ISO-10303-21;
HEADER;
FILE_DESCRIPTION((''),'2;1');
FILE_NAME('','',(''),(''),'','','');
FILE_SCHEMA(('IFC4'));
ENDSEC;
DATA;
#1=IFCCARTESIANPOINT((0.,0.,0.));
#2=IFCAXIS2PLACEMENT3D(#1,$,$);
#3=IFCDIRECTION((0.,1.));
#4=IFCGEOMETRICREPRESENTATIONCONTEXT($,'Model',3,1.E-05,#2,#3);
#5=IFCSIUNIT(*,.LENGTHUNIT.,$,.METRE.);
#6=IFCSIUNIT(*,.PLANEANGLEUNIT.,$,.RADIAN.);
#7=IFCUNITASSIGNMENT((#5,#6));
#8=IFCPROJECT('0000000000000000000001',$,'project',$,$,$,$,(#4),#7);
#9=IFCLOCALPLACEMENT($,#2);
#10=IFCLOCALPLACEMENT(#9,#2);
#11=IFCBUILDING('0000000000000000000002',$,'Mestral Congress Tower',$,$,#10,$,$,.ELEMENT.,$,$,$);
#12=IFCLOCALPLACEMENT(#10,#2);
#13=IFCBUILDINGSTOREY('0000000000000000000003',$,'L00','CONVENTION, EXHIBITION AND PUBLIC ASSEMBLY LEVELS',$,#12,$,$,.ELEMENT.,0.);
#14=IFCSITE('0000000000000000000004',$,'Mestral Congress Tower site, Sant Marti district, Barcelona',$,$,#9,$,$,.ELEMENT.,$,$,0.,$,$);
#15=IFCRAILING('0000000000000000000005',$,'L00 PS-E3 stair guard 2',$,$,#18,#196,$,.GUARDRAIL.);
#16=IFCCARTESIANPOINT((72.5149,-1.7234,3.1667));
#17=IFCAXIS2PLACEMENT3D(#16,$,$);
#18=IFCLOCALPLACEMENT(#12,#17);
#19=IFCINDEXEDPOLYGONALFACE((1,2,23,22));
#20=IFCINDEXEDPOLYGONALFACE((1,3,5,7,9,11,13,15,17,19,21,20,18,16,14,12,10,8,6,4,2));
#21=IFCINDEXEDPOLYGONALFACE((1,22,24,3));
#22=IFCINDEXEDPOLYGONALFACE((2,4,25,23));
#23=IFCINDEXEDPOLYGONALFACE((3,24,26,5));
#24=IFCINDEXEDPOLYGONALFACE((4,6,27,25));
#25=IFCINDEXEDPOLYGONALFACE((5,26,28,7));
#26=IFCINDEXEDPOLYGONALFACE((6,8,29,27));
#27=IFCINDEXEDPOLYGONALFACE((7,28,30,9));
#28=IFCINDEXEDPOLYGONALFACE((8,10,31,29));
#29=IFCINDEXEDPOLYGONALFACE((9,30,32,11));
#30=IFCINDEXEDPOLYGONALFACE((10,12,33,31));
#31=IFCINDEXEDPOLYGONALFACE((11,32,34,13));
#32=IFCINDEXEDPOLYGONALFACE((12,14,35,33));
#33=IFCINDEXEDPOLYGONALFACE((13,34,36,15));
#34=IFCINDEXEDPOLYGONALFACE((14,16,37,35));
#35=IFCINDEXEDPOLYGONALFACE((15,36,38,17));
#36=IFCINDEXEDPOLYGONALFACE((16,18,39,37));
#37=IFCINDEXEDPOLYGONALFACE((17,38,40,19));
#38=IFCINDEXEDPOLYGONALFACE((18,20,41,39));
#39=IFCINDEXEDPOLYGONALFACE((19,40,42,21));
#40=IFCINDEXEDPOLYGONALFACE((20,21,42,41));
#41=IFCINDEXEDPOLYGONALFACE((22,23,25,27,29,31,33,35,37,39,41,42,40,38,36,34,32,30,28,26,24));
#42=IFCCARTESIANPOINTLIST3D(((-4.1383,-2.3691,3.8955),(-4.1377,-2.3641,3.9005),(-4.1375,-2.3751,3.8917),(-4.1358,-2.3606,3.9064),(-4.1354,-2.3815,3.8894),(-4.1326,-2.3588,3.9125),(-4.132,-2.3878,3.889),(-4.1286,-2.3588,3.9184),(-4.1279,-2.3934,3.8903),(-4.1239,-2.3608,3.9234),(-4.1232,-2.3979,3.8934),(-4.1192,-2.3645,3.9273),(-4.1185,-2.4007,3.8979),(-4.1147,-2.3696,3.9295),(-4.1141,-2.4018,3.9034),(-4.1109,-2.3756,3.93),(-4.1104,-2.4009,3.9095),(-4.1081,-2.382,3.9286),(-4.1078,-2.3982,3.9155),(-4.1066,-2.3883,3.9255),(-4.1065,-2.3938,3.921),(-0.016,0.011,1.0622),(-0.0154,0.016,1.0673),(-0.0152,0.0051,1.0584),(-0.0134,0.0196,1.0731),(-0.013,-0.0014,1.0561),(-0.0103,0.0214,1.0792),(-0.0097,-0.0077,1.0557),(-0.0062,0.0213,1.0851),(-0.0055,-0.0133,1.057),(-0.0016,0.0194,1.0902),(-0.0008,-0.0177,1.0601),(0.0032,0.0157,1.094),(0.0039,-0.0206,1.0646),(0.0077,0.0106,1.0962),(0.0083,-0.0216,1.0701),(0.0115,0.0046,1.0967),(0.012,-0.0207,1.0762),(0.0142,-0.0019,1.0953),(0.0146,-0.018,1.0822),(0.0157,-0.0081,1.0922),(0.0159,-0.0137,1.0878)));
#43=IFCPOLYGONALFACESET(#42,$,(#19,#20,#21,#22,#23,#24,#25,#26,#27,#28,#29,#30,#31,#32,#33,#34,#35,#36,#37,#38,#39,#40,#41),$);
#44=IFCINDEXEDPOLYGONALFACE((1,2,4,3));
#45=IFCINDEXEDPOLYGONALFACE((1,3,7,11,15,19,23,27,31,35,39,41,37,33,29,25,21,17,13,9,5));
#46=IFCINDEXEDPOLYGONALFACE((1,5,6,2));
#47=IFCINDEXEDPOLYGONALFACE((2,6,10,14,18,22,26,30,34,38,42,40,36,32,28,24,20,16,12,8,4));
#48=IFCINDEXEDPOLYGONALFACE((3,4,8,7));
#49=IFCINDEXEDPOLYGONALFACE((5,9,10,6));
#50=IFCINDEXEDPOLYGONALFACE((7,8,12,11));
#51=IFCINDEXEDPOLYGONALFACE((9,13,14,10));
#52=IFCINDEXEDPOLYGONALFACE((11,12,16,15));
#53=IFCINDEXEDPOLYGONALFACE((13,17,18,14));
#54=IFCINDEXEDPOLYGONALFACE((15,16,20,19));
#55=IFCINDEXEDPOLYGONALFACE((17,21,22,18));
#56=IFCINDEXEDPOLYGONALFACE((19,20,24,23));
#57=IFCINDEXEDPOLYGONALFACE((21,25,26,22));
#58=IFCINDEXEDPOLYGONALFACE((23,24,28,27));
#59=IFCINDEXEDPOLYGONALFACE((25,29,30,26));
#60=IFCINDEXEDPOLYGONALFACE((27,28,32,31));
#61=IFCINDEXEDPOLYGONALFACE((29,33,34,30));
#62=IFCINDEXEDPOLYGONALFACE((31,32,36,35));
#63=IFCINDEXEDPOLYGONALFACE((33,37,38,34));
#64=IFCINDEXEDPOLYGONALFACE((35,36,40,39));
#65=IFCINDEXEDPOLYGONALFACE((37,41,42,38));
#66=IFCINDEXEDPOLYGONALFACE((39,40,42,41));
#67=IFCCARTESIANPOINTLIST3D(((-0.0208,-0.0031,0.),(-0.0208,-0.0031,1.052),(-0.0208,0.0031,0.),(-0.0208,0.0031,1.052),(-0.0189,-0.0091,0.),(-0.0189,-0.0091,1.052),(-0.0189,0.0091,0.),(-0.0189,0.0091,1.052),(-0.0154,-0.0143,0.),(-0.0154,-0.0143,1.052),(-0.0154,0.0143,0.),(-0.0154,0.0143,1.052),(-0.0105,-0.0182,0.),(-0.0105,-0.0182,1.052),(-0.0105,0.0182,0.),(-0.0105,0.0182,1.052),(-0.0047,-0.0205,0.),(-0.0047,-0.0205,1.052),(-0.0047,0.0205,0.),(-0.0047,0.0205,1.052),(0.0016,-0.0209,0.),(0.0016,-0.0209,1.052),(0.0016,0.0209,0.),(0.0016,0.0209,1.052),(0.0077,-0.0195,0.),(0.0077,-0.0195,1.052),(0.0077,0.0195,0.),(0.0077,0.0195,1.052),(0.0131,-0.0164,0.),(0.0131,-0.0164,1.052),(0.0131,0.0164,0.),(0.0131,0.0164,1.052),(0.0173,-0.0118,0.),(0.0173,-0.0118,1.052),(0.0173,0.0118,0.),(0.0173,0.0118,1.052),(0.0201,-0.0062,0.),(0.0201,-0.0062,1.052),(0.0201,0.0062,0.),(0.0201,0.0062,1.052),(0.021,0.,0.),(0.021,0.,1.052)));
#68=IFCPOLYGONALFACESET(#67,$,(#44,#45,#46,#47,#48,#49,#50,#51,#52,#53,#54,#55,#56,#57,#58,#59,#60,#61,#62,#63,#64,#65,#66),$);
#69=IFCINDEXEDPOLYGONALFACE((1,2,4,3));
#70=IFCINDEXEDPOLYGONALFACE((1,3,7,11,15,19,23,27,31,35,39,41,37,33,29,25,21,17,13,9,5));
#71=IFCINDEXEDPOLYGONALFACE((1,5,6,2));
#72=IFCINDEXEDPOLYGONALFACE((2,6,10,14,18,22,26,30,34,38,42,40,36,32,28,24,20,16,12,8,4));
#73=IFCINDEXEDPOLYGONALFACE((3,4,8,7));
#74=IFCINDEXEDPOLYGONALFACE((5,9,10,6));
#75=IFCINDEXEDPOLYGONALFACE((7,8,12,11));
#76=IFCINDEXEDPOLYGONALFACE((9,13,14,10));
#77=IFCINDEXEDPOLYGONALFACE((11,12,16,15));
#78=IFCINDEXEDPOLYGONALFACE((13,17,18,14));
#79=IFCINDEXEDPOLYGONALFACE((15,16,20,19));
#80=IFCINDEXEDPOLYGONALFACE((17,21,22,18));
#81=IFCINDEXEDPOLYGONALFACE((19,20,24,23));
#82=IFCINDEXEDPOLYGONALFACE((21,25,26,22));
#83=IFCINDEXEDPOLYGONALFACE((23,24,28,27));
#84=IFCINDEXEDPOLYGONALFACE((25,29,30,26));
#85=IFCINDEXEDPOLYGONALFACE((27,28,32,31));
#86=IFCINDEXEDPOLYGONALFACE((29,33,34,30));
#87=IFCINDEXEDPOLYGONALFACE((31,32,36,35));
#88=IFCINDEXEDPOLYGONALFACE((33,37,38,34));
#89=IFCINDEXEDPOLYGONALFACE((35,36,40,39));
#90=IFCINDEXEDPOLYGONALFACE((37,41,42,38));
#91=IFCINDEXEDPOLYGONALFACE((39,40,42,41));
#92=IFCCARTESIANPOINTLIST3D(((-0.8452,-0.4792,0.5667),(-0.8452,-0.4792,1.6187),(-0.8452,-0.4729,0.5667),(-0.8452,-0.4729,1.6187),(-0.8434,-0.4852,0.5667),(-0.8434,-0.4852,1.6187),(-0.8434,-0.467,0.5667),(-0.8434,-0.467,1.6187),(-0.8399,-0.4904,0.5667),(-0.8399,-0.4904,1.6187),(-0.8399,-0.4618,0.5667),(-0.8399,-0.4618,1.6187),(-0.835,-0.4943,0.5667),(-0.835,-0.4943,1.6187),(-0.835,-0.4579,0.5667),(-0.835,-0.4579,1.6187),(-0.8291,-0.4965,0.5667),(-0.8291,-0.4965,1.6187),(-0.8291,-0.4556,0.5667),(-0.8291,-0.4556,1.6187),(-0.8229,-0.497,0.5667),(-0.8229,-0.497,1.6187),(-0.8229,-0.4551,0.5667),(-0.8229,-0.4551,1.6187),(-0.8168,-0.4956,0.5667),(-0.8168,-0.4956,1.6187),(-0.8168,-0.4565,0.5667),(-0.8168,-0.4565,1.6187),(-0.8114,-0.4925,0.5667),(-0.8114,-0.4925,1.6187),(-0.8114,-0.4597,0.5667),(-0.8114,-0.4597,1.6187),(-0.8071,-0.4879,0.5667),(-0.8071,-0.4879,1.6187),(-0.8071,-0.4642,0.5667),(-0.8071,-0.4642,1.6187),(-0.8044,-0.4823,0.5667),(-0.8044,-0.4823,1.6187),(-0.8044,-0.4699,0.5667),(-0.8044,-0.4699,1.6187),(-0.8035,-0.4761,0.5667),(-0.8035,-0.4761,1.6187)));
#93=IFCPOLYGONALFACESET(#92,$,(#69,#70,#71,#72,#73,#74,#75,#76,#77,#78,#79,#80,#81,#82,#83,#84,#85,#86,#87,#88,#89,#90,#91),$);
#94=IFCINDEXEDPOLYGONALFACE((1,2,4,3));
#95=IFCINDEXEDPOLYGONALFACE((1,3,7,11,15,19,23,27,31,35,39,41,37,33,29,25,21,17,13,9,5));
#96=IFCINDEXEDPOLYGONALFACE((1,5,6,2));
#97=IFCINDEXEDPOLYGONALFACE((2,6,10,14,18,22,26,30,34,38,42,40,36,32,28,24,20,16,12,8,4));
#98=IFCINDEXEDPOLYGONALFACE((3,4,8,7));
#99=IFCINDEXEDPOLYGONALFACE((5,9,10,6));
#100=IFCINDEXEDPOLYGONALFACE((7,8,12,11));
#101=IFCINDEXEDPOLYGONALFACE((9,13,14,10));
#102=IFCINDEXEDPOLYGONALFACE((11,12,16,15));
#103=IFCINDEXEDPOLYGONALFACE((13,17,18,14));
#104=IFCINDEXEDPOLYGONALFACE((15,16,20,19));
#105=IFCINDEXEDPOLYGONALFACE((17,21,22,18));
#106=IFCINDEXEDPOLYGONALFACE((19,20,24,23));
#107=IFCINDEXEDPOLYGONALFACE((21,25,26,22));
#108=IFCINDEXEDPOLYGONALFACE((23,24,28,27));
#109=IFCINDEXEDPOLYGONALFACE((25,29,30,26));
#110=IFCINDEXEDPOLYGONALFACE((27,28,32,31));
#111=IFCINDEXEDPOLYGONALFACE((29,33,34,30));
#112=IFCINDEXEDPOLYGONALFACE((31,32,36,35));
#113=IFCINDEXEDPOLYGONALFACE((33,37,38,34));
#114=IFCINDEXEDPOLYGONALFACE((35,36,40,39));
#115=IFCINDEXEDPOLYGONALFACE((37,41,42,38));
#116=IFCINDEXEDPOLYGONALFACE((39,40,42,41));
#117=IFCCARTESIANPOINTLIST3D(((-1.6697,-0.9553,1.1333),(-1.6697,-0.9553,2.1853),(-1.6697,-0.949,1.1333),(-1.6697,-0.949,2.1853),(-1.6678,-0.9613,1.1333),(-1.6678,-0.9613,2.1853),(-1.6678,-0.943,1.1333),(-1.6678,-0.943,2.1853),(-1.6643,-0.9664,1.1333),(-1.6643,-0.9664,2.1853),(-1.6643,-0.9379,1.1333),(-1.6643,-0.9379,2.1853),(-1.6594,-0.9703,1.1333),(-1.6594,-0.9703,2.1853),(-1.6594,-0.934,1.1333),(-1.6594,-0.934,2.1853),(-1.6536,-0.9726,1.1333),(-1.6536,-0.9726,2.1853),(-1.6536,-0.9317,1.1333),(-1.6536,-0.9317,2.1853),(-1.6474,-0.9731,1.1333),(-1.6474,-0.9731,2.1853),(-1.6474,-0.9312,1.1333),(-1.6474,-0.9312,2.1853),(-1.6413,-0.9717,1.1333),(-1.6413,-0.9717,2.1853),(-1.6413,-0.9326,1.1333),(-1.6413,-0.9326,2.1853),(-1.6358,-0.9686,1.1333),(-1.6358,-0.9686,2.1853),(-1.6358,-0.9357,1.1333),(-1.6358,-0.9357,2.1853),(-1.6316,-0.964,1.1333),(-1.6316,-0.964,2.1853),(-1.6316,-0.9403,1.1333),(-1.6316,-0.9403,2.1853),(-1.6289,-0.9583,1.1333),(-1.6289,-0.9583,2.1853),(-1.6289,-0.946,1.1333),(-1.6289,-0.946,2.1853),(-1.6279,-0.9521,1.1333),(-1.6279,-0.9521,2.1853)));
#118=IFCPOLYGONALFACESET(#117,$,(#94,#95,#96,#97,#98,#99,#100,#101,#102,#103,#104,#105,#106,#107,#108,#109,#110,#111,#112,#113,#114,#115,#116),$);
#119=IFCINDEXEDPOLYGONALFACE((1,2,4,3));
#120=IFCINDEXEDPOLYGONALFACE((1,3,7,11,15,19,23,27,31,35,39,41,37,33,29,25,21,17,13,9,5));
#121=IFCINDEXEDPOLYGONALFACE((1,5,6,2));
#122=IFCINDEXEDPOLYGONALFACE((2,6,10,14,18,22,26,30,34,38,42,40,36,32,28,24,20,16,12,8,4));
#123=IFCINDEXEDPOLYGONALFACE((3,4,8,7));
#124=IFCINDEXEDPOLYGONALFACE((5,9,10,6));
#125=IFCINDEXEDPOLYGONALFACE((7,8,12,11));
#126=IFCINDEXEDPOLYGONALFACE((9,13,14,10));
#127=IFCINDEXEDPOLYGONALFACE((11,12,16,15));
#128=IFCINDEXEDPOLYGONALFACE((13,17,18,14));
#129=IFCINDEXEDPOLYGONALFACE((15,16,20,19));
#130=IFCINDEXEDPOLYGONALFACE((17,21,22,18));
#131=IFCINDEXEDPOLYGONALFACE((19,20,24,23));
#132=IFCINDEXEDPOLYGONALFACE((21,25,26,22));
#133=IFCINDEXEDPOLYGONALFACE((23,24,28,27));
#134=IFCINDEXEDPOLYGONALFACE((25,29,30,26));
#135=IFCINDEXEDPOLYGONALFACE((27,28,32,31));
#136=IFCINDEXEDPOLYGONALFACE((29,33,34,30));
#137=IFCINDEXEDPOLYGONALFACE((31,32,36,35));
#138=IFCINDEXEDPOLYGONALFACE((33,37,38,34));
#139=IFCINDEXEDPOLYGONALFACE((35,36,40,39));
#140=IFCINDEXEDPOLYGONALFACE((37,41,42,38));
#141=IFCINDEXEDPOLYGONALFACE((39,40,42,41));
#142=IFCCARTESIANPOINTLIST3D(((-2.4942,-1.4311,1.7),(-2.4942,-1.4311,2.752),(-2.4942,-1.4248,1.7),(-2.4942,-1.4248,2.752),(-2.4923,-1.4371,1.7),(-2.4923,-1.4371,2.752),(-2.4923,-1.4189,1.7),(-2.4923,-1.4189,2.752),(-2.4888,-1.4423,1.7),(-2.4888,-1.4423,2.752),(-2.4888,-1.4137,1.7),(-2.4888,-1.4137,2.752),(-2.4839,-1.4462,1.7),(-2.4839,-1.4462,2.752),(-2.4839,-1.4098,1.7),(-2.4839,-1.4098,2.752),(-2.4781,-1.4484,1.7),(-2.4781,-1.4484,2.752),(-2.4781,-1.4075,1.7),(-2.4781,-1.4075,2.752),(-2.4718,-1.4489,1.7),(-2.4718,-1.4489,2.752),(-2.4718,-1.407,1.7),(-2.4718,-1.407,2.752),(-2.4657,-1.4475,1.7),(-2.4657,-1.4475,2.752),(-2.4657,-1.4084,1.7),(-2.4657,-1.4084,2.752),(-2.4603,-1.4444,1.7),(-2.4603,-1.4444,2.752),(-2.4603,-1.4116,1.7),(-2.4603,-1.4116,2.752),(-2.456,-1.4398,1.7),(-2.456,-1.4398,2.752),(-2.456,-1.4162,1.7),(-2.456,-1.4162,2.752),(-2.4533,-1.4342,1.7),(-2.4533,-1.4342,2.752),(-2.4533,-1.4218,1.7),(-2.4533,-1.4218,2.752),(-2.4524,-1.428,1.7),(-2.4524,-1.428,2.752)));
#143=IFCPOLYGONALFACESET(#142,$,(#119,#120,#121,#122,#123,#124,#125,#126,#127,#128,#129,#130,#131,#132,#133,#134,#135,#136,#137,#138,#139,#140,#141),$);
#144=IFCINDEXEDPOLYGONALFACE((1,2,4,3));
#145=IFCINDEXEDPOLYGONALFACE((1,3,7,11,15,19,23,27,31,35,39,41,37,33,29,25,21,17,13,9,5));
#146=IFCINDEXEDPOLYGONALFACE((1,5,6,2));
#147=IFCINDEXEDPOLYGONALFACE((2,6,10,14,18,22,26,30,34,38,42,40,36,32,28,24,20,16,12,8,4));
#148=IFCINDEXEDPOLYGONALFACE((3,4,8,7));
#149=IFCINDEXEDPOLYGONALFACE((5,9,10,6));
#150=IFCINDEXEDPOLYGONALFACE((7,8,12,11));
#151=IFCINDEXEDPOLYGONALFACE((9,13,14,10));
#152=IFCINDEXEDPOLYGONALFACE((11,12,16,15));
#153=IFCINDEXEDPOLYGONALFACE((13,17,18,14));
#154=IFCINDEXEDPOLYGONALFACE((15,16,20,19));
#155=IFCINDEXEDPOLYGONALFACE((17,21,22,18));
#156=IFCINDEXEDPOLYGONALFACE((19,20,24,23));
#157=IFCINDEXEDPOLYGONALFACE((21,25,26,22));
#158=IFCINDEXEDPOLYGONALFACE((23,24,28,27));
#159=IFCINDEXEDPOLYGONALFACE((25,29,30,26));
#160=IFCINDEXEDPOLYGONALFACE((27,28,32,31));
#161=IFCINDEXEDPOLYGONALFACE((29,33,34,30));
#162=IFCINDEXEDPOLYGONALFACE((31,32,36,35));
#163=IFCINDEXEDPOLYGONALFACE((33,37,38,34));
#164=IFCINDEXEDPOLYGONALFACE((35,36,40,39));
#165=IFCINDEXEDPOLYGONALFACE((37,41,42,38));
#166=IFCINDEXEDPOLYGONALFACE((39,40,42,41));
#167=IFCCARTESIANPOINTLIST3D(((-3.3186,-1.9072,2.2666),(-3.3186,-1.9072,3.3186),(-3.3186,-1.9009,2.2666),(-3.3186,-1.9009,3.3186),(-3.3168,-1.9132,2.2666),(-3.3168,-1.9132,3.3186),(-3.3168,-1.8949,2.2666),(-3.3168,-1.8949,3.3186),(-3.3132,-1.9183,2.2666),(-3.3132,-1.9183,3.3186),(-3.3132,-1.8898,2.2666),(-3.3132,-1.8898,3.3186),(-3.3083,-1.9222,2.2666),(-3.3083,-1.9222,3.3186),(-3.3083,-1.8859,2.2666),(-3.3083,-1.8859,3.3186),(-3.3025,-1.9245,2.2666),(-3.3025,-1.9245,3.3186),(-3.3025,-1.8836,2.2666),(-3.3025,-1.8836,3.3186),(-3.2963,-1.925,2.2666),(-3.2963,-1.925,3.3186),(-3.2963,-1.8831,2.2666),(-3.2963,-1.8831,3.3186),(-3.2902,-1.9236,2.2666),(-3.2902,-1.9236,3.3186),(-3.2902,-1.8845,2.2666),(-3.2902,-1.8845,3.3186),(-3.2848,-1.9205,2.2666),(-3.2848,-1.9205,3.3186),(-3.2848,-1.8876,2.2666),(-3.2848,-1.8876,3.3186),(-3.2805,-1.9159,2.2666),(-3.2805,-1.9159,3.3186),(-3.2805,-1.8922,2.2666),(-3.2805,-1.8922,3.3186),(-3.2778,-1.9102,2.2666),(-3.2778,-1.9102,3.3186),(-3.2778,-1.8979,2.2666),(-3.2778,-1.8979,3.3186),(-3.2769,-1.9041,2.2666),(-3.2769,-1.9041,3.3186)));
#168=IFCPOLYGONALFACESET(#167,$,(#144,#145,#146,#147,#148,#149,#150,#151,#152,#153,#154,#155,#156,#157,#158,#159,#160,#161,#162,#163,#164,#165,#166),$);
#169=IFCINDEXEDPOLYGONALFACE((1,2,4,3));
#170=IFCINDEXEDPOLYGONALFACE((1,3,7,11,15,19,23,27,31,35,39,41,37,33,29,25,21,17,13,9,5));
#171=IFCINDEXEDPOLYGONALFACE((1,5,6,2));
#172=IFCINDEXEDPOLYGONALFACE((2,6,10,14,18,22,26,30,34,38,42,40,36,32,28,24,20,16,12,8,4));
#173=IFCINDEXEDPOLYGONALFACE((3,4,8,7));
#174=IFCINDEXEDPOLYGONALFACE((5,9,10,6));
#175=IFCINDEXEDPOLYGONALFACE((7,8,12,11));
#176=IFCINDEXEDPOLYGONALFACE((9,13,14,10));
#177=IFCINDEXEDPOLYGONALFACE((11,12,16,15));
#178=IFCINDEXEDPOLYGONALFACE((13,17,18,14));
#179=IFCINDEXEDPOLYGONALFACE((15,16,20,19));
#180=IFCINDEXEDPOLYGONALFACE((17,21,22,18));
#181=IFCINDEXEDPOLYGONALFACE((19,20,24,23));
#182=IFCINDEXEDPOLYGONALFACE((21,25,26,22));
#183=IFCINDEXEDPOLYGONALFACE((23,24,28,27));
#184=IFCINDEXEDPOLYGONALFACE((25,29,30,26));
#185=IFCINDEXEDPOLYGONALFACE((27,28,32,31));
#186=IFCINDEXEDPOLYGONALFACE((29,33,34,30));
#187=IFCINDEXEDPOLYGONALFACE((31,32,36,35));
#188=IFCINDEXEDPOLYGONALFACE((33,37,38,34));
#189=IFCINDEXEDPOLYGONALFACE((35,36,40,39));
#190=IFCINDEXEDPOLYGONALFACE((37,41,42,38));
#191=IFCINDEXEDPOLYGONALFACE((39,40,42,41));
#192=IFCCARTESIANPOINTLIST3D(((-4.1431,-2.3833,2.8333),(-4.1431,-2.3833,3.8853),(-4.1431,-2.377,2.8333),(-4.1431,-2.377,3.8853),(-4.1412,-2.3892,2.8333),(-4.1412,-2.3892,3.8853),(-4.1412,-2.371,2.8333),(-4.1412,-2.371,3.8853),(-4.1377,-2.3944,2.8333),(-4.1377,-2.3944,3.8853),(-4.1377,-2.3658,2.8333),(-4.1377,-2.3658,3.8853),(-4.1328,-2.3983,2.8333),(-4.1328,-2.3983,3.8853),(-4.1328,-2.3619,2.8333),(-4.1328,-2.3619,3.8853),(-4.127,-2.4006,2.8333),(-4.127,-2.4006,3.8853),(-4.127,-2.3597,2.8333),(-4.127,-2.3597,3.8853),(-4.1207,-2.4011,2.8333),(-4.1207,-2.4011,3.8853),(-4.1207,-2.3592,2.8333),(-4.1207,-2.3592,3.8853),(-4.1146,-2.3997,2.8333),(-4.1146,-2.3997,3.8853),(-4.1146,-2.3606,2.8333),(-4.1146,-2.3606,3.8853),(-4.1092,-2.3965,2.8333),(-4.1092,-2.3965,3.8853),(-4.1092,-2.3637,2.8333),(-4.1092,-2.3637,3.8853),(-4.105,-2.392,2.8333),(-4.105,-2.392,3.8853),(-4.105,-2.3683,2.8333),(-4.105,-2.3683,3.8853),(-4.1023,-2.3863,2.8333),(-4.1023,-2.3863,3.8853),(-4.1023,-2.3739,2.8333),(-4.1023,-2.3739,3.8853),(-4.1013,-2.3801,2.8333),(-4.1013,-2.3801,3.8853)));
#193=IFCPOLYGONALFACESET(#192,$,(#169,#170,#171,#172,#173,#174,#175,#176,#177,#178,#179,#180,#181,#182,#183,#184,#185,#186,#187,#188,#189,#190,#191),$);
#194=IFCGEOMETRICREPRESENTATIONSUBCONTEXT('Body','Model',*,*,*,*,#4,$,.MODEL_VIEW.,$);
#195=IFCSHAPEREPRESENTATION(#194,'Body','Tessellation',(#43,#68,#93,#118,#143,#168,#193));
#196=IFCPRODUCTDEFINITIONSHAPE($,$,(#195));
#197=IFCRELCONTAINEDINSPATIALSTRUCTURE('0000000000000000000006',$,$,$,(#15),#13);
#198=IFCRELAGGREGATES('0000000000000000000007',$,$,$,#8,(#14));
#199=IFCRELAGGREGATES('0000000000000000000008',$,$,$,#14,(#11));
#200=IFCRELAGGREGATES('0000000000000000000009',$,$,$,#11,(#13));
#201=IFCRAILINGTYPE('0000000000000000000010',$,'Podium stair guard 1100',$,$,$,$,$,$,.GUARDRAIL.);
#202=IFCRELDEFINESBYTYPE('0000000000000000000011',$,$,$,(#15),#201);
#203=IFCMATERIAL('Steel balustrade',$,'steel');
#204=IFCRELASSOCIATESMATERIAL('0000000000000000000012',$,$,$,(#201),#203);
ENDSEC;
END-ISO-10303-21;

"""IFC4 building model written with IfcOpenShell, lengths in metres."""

from ifc_helpers import new_model, si_unit, direction, frame, origin, origin_2d, place, context, subcontext, project, spatial, circle, extrude, material, type_object, element, save


model = new_model("IFC4")

# Units and contexts
model_context = context("Model", 3, precision=1e-05, world=origin(), true_north=direction((0.0, 1.0)))
body_context = subcontext(model_context, "Body", "Model", "MODEL_VIEW")
ifc_project = project(units=[si_unit("LENGTHUNIT", "METRE"), si_unit("PLANEANGLEUNIT", "RADIAN")], contexts=[model_context])

# Site, building, storey
site_placement = place(None, origin())
site = spatial("IfcSite", under=ifc_project, at=site_placement, Name="Mestral Congress Tower site, Sant Marti district, Barcelona", CompositionType="ELEMENT", RefElevation=0.0)
building_placement = place(site_placement, origin())
building = spatial("IfcBuilding", under=site, at=building_placement, Name="Mestral Congress Tower", CompositionType="ELEMENT")
storey_placement = place(building_placement, origin())
storey = spatial("IfcBuildingStorey", under=building, at=storey_placement, Name="L00", Description="CONVENTION, EXHIBITION AND PUBLIC ASSEMBLY LEVELS", CompositionType="ELEMENT", Elevation=0.0)

# Railing
ifc_material_1 = material(Name="Steel balustrade", Category="steel")
railing_type_1 = type_object("IfcRailingType", Name="Podium stair guard 1100", PredefinedType="GUARDRAIL", material=ifc_material_1)
railing_1_placement = place(storey_placement, frame((72.5149, -1.7234, 3.1667)))
element("IfcRailing", 1, at=railing_1_placement, inside=storey, type_object=railing_type_1, Name="L00 PS-E3 stair guard 2", PredefinedType="GUARDRAIL", context=body_context, shape_type="SweptSolid", body=[
    extrude(circle(Radius=0.0239, at=origin_2d()), frame((0.0, 0.0, 1.0762), z_axis=(-0.74417, -0.429666, 0.511466), x_axis=(0.500017, -0.866016, 0.0)), (0.0, 0.0, 1.0), 5.5396),
    extrude(circle(Radius=0.021, at=origin_2d()), origin(), (0.0, 0.0, 1.0), 1.052),
    extrude(circle(Radius=0.021, at=origin_2d()), frame((-0.8245, -0.4761, 0.5667)), (0.0, 0.0, 1.0), 1.052),
    extrude(circle(Radius=0.021, at=origin_2d()), frame((-1.6489, -0.9521, 1.1333)), (0.0, 0.0, 1.0), 1.052),
    extrude(circle(Radius=0.021, at=origin_2d()), frame((-2.4734, -1.428, 1.7)), (0.0, 0.0, 1.0), 1.052),
    extrude(circle(Radius=0.021, at=origin_2d()), frame((-3.2979, -1.9041, 2.2666)), (0.0, 0.0, 1.0), 1.052),
    extrude(circle(Radius=0.021, at=origin_2d()), frame((-4.1223, -2.3801, 2.8333)), (0.0, 0.0, 1.0), 1.052),
])

save(model, "model.ifc")
